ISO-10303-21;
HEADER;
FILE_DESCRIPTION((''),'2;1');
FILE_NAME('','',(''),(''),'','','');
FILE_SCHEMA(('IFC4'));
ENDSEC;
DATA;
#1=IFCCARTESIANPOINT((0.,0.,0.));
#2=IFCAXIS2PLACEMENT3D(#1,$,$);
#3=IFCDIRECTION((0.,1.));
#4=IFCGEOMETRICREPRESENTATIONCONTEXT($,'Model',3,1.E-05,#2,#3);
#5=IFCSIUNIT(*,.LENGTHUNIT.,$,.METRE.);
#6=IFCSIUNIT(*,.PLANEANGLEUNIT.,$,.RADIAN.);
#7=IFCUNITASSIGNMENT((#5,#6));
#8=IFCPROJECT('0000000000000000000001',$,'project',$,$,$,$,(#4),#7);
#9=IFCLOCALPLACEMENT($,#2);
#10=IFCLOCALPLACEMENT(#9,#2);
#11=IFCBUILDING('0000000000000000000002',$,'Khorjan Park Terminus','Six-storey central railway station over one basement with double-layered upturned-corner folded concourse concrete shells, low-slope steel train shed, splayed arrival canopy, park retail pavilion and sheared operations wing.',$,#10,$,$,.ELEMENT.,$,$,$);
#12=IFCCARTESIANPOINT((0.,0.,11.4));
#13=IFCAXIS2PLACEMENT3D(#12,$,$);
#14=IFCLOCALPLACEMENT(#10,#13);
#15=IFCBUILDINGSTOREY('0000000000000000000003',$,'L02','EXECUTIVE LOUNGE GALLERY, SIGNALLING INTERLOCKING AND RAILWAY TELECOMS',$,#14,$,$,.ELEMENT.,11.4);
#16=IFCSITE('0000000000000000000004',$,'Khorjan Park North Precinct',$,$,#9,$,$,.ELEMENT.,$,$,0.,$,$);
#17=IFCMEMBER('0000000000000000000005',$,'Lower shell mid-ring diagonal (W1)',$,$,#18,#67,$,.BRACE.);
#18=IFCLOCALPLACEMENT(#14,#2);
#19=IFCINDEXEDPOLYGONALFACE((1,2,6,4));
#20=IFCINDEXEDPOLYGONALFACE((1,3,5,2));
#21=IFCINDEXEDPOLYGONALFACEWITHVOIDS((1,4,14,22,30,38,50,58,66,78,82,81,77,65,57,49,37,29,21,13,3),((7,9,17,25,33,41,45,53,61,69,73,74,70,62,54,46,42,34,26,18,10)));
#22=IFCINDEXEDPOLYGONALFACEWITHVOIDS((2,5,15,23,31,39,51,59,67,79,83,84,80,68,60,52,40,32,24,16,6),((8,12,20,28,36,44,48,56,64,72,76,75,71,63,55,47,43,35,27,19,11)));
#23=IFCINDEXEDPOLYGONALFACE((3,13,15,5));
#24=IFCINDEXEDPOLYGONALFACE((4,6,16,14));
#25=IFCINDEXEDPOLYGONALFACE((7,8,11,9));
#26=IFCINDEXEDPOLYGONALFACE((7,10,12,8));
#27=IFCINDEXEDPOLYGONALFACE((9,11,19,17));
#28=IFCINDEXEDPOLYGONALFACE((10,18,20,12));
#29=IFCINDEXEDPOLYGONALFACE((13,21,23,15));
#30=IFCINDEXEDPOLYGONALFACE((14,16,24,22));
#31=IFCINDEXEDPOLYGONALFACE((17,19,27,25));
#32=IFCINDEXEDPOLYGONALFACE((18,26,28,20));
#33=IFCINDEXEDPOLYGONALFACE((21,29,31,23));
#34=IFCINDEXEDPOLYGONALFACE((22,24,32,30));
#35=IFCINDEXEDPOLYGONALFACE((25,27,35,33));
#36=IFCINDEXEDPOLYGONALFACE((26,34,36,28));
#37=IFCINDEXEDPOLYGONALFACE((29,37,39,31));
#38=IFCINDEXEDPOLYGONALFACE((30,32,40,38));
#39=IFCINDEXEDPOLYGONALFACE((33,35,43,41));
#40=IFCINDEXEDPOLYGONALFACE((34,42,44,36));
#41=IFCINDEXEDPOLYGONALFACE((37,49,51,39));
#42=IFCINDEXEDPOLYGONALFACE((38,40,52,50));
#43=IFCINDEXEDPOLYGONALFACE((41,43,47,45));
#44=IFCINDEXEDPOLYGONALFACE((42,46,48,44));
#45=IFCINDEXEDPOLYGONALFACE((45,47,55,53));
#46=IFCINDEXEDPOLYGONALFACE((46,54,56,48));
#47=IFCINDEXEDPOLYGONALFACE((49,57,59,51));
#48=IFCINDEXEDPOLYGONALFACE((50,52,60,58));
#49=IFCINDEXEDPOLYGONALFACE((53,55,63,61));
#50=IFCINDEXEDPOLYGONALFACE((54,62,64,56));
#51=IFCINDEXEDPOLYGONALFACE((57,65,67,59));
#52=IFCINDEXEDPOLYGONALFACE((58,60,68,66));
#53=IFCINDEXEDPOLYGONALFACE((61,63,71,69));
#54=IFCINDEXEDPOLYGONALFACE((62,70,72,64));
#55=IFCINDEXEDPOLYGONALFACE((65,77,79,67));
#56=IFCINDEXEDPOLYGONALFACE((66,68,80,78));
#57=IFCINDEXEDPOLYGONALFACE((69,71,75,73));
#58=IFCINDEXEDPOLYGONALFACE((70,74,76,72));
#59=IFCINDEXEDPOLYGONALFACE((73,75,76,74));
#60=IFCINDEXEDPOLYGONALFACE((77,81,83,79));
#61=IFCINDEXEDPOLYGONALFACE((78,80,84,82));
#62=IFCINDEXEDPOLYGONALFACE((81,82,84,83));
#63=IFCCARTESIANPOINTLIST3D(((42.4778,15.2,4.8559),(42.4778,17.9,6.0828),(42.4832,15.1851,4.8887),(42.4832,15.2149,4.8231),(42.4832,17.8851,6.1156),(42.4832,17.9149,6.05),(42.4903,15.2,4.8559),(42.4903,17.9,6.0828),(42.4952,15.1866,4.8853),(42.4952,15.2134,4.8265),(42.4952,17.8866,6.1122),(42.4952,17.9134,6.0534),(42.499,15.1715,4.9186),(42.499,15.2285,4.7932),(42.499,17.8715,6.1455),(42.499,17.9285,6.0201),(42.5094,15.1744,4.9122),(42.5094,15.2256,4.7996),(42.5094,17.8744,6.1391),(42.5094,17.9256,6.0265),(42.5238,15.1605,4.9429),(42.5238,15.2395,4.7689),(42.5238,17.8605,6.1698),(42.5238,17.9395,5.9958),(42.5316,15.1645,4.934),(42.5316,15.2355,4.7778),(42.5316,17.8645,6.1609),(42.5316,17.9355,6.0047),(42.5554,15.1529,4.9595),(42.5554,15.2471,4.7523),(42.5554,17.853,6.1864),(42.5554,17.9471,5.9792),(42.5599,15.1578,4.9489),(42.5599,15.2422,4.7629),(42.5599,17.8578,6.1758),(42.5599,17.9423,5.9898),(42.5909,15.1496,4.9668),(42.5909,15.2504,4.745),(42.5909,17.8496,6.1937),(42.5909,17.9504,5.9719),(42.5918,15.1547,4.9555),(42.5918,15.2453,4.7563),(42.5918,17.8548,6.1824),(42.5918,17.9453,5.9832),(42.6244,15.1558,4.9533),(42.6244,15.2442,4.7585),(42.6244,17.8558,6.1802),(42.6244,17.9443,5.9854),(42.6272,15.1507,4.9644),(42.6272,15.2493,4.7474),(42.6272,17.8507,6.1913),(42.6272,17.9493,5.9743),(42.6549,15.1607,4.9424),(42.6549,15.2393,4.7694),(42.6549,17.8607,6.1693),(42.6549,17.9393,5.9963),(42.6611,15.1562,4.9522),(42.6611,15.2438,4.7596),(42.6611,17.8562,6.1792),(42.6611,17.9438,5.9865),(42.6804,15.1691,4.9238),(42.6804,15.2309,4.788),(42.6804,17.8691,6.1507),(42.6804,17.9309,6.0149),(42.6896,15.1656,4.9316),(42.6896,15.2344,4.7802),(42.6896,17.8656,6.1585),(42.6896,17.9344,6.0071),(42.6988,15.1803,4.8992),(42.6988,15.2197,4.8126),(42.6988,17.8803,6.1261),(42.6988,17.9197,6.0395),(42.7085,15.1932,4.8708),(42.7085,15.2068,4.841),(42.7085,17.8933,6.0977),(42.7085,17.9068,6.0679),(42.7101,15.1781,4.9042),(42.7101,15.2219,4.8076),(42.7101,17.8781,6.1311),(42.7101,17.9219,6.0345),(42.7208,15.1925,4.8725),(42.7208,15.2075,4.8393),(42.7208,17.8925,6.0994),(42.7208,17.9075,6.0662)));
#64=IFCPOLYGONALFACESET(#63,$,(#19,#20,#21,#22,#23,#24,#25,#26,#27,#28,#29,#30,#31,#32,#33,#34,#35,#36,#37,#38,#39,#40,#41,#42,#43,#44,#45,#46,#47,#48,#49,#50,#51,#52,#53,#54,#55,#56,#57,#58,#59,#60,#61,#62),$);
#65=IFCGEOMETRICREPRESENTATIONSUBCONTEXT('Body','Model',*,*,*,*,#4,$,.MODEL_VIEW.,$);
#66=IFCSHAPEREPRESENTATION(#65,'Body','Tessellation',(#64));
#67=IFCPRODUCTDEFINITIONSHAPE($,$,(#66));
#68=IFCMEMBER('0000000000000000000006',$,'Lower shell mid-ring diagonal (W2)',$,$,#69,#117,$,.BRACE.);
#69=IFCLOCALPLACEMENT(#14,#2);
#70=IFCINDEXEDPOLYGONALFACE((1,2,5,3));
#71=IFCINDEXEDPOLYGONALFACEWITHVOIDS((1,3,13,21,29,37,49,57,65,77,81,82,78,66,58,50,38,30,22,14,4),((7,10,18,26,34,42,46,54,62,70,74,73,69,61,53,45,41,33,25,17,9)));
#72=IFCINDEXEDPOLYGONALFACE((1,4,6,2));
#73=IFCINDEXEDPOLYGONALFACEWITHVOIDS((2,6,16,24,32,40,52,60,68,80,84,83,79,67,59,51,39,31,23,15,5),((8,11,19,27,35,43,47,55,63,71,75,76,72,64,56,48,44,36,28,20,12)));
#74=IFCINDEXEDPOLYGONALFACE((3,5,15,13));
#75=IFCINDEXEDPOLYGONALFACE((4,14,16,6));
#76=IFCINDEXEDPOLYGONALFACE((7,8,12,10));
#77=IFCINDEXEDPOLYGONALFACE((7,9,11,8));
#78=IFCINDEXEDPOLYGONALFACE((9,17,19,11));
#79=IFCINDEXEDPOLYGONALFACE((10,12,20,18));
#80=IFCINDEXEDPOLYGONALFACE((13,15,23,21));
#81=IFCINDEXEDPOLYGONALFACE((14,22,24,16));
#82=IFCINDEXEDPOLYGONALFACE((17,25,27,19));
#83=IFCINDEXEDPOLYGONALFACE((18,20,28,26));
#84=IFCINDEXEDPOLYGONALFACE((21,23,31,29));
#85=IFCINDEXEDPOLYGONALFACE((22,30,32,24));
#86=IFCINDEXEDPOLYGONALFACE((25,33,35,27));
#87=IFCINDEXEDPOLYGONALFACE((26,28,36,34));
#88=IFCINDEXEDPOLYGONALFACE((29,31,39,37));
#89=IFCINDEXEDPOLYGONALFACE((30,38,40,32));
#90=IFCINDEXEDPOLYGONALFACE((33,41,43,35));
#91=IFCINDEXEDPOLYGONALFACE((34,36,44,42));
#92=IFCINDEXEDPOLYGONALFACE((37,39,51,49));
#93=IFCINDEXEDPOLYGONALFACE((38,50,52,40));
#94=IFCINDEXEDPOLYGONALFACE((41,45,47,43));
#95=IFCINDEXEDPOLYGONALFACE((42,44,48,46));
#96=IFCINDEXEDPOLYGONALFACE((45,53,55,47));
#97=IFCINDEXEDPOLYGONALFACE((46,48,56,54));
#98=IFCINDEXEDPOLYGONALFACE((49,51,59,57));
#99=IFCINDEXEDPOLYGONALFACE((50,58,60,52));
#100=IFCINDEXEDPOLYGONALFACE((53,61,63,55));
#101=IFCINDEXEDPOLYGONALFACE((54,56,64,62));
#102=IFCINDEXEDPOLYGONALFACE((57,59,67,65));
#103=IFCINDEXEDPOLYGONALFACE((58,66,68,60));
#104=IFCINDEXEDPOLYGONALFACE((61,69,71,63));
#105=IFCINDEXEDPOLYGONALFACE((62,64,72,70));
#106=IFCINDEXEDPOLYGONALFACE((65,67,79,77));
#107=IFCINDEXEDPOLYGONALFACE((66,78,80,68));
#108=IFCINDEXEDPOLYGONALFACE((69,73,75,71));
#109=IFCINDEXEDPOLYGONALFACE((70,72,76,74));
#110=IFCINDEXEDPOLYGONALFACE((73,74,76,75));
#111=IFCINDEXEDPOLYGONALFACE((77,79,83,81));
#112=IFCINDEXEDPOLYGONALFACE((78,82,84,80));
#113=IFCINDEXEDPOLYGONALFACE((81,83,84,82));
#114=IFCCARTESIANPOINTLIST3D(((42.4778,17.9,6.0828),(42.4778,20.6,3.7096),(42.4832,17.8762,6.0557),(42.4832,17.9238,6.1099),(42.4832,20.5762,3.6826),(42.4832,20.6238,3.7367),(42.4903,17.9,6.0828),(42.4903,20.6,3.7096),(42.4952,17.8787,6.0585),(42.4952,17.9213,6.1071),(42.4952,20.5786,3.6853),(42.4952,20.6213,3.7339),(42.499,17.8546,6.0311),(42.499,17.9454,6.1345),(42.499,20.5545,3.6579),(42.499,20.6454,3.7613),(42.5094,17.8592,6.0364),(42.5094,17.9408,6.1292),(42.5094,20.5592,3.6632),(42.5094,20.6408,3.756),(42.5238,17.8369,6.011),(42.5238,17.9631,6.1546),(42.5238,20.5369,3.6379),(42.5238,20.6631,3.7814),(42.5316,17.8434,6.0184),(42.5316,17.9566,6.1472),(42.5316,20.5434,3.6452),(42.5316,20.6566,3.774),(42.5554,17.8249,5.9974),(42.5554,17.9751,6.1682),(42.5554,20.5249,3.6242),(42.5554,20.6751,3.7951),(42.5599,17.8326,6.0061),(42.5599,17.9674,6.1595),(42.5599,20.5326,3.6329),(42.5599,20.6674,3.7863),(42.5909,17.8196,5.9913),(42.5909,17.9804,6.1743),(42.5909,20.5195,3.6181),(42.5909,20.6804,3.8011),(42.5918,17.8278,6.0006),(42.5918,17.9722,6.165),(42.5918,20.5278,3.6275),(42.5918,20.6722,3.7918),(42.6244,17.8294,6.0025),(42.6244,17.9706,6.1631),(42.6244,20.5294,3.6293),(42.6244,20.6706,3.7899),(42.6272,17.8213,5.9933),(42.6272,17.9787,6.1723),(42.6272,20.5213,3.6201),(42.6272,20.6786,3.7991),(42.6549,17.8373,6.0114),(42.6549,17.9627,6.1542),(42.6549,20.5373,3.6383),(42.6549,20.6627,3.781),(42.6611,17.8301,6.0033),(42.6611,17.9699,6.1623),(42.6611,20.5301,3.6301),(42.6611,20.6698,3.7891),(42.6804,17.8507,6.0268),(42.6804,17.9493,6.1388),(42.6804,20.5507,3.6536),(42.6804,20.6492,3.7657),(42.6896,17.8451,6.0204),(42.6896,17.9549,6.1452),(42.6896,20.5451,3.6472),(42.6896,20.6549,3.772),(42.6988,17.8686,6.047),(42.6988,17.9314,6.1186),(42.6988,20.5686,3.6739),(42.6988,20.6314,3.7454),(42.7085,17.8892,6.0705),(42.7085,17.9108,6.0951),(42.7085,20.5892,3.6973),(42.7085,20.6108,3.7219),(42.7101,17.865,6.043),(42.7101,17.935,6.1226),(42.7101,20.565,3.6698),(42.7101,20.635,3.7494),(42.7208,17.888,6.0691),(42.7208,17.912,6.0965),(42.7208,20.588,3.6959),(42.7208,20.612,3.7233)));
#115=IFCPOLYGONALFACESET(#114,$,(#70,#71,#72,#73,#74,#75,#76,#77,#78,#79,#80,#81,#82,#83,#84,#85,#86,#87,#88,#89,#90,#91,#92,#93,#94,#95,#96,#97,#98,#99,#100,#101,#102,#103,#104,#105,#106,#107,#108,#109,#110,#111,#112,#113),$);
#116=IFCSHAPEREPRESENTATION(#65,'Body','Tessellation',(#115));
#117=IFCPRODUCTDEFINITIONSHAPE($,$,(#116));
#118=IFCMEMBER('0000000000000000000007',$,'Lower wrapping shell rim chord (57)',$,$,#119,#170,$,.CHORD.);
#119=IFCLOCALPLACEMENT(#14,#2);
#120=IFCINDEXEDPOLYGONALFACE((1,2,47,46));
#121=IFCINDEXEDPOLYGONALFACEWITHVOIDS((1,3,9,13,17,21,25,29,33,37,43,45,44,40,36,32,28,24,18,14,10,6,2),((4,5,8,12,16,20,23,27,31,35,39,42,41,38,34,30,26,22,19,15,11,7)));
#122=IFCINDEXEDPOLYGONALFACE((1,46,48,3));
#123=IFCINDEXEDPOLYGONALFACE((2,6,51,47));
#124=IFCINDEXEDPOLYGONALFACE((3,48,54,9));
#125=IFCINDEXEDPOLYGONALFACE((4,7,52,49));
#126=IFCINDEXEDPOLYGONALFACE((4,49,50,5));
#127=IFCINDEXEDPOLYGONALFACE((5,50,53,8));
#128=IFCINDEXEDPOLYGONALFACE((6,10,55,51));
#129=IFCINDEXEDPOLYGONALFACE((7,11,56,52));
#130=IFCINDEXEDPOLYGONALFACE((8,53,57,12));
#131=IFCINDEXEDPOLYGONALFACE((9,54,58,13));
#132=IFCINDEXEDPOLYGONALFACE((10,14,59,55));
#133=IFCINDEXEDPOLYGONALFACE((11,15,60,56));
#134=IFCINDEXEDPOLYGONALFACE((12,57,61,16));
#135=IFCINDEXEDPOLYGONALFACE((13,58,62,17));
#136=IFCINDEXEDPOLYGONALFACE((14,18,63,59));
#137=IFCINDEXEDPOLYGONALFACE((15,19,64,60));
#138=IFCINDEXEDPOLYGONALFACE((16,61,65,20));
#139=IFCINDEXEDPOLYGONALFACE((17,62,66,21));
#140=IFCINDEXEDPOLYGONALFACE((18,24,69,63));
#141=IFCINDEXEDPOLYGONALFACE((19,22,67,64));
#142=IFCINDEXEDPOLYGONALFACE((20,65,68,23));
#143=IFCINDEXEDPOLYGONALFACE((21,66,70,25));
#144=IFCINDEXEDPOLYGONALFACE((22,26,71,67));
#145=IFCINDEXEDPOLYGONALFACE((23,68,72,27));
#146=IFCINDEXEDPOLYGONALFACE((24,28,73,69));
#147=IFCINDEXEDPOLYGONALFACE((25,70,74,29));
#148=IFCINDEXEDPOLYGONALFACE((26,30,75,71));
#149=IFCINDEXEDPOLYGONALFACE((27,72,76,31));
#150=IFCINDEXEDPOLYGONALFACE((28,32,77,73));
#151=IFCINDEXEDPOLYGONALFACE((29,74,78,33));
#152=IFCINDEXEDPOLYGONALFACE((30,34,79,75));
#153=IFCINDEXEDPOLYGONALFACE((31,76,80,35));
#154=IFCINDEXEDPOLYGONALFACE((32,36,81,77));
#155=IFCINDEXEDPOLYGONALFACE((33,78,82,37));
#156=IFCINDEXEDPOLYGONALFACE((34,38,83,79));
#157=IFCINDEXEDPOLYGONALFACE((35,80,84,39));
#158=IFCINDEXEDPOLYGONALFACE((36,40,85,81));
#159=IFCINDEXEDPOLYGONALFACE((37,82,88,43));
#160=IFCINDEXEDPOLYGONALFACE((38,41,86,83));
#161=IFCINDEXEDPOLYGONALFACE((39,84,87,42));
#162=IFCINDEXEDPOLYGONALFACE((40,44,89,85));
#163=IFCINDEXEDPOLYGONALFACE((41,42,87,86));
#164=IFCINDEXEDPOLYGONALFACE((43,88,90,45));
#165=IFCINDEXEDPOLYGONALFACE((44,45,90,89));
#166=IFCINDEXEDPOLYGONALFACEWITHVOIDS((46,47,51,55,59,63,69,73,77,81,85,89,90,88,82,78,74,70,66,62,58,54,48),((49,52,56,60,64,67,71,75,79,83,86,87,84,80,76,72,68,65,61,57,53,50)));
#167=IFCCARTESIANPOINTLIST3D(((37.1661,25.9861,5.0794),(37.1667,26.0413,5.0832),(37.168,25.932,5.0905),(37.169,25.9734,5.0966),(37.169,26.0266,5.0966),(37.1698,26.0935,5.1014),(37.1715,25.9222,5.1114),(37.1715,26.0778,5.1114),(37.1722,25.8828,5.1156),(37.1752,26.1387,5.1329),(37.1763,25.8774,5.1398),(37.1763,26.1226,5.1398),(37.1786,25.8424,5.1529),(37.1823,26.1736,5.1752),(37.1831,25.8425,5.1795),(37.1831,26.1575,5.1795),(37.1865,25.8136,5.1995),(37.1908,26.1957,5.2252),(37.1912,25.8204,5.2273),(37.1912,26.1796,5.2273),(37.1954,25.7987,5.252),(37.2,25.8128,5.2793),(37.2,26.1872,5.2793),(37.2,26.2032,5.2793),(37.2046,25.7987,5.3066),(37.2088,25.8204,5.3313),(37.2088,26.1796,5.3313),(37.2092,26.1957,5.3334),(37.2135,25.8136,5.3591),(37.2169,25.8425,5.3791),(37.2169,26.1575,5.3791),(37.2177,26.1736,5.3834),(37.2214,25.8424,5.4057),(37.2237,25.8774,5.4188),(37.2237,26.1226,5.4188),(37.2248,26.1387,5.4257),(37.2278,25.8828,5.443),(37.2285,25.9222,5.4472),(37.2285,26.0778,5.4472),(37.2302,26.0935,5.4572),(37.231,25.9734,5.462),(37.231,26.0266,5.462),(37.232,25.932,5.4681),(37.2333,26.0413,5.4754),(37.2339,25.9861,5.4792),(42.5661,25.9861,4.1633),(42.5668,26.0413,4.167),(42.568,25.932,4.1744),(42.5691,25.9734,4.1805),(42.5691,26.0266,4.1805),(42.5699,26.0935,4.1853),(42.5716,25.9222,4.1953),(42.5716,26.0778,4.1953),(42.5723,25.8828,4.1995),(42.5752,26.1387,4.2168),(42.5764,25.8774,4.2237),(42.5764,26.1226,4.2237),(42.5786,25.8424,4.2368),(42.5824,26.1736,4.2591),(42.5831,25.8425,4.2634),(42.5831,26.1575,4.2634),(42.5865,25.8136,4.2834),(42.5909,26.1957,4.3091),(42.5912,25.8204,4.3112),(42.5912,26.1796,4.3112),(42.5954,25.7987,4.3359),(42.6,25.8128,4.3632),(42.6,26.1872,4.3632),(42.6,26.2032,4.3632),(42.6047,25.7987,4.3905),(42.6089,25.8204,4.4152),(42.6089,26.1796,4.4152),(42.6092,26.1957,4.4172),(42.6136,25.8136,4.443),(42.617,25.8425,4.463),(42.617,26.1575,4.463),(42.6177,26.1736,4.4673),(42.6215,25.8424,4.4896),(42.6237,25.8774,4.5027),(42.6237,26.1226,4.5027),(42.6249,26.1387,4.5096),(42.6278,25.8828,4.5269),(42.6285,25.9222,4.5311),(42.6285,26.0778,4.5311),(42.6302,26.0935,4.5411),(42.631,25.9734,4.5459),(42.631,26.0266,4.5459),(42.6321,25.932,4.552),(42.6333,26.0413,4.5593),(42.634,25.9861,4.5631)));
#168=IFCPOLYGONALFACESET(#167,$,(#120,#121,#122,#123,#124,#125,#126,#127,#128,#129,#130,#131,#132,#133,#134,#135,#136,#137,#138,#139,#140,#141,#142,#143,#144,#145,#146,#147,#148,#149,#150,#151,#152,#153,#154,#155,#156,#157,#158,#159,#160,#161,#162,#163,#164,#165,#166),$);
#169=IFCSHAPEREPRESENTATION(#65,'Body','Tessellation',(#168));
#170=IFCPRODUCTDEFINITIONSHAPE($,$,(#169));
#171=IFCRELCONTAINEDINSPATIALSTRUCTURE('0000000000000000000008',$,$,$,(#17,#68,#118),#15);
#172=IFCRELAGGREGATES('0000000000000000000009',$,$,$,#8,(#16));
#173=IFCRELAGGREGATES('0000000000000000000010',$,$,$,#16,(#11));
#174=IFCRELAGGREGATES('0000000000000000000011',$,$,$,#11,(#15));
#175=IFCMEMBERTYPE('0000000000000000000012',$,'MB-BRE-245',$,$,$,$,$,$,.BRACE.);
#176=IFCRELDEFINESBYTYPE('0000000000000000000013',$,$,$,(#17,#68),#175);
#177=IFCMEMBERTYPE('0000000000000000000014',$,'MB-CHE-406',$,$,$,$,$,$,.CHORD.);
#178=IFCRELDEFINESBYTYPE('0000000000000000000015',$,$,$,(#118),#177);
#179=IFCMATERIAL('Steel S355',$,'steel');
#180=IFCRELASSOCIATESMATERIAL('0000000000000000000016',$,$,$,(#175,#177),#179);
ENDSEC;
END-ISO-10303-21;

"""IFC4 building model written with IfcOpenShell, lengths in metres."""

from ifc_helpers import new_model, si_unit, direction, frame, origin, origin_2d, place, context, subcontext, project, spatial, hollow_circle, extrude, material, material_profile, profile_set, type_object, element, save


model = new_model("IFC4")

# Units and contexts
model_context = context("Model", 3, precision=1e-05, world=origin(), true_north=direction((0.0, 1.0)))
body_context = subcontext(model_context, "Body", "Model", "MODEL_VIEW")
ifc_project = project(units=[si_unit("LENGTHUNIT", "METRE"), si_unit("PLANEANGLEUNIT", "RADIAN")], contexts=[model_context])

# Site, building, storey
site_placement = place(None, origin())
site = spatial("IfcSite", under=ifc_project, at=site_placement, Name="Khorjan Park North Precinct", CompositionType="ELEMENT", RefElevation=0.0)
building_placement = place(site_placement, origin())
building = spatial("IfcBuilding", under=site, at=building_placement, Name="Khorjan Park Terminus", Description="Six-storey central railway station over one basement with double-layered upturned-corner folded concourse concrete shells, low-slope steel train shed, splayed arrival canopy, park retail pavilion and sheared operations wing.", CompositionType="ELEMENT")
storey_placement = place(building_placement, frame((0.0, 0.0, 11.4)))
storey = spatial("IfcBuildingStorey", under=building, at=storey_placement, Name="L02", Description="EXECUTIVE LOUNGE GALLERY, SIGNALLING INTERLOCKING AND RAILWAY TELECOMS", CompositionType="ELEMENT", Elevation=11.4)

# Members
ifc_material_1 = material(Name="Steel S355", Category="steel")
ifc_material_profile_1 = material_profile(ifc_material_1, hollow_circle(Radius=0.1222, WallThickness=0.0125, at=origin_2d()), Name="CHS 244.5x12.5")
ifc_profile_set_1 = profile_set([ifc_material_profile_1], Name="Steel S355")
member_type_1 = type_object("IfcMemberType", Name="MB-BRE-245", PredefinedType="BRACE", material=ifc_profile_set_1)
member_1_placement = place(storey_placement, frame((42.6, 15.2, 4.8559), z_axis=(0.0, 0.910414, 0.413699), x_axis=(-1.0, 0.0, 0.0)))
element("IfcMember", 1, at=member_1_placement, inside=storey, type_object=member_type_1, Name="Lower shell mid-ring diagonal (W1)", PredefinedType="BRACE", context=body_context, shape_type="SweptSolid", body=[
    extrude(hollow_circle(Radius=0.1222, WallThickness=0.0125, at=origin_2d()), origin(), (0.0, 0.0, 1.0), 2.9657),
])
member_2_placement = place(storey_placement, frame((42.6, 17.9, 6.0828), z_axis=(0.0, 0.7511, -0.660189), x_axis=(-1.0, 0.0, 0.0)))
element("IfcMember", 2, at=member_2_placement, inside=storey, type_object=member_type_1, Name="Lower shell mid-ring diagonal (W2)", PredefinedType="BRACE", context=body_context, shape_type="SweptSolid", body=[
    extrude(hollow_circle(Radius=0.1222, WallThickness=0.0125, at=origin_2d()), origin(), (0.0, 0.0, 1.0), 3.5947),
])
ifc_material_profile_2 = material_profile(ifc_material_1, hollow_circle(Radius=0.2032, WallThickness=0.016, at=origin_2d()), Name="CHS 406.4x16")
ifc_profile_set_2 = profile_set([ifc_material_profile_2], Name="Steel S355")
member_type_2 = type_object("IfcMemberType", Name="MB-CHE-406", PredefinedType="CHORD", material=ifc_profile_set_2)
for number, where, z_axis, x_axis, name in (
    (3, (37.2, 26.0, 5.2793), (0.985913, 0.0, -0.167258), (0.0, 1.0, 0.0), "Lower wrapping shell rim chord (57)"),
):
    element("IfcMember", number, at=place(storey_placement, frame(where, z_axis=z_axis, x_axis=x_axis)), inside=storey, type_object=member_type_2, Name=name, PredefinedType="CHORD", context=body_context, shape_type="SweptSolid", body=[
        extrude(hollow_circle(Radius=0.2032, WallThickness=0.016, at=origin_2d()), origin(), (0.0, 0.0, 1.0), 5.4772),
    ])

save(model, "model.ifc")
